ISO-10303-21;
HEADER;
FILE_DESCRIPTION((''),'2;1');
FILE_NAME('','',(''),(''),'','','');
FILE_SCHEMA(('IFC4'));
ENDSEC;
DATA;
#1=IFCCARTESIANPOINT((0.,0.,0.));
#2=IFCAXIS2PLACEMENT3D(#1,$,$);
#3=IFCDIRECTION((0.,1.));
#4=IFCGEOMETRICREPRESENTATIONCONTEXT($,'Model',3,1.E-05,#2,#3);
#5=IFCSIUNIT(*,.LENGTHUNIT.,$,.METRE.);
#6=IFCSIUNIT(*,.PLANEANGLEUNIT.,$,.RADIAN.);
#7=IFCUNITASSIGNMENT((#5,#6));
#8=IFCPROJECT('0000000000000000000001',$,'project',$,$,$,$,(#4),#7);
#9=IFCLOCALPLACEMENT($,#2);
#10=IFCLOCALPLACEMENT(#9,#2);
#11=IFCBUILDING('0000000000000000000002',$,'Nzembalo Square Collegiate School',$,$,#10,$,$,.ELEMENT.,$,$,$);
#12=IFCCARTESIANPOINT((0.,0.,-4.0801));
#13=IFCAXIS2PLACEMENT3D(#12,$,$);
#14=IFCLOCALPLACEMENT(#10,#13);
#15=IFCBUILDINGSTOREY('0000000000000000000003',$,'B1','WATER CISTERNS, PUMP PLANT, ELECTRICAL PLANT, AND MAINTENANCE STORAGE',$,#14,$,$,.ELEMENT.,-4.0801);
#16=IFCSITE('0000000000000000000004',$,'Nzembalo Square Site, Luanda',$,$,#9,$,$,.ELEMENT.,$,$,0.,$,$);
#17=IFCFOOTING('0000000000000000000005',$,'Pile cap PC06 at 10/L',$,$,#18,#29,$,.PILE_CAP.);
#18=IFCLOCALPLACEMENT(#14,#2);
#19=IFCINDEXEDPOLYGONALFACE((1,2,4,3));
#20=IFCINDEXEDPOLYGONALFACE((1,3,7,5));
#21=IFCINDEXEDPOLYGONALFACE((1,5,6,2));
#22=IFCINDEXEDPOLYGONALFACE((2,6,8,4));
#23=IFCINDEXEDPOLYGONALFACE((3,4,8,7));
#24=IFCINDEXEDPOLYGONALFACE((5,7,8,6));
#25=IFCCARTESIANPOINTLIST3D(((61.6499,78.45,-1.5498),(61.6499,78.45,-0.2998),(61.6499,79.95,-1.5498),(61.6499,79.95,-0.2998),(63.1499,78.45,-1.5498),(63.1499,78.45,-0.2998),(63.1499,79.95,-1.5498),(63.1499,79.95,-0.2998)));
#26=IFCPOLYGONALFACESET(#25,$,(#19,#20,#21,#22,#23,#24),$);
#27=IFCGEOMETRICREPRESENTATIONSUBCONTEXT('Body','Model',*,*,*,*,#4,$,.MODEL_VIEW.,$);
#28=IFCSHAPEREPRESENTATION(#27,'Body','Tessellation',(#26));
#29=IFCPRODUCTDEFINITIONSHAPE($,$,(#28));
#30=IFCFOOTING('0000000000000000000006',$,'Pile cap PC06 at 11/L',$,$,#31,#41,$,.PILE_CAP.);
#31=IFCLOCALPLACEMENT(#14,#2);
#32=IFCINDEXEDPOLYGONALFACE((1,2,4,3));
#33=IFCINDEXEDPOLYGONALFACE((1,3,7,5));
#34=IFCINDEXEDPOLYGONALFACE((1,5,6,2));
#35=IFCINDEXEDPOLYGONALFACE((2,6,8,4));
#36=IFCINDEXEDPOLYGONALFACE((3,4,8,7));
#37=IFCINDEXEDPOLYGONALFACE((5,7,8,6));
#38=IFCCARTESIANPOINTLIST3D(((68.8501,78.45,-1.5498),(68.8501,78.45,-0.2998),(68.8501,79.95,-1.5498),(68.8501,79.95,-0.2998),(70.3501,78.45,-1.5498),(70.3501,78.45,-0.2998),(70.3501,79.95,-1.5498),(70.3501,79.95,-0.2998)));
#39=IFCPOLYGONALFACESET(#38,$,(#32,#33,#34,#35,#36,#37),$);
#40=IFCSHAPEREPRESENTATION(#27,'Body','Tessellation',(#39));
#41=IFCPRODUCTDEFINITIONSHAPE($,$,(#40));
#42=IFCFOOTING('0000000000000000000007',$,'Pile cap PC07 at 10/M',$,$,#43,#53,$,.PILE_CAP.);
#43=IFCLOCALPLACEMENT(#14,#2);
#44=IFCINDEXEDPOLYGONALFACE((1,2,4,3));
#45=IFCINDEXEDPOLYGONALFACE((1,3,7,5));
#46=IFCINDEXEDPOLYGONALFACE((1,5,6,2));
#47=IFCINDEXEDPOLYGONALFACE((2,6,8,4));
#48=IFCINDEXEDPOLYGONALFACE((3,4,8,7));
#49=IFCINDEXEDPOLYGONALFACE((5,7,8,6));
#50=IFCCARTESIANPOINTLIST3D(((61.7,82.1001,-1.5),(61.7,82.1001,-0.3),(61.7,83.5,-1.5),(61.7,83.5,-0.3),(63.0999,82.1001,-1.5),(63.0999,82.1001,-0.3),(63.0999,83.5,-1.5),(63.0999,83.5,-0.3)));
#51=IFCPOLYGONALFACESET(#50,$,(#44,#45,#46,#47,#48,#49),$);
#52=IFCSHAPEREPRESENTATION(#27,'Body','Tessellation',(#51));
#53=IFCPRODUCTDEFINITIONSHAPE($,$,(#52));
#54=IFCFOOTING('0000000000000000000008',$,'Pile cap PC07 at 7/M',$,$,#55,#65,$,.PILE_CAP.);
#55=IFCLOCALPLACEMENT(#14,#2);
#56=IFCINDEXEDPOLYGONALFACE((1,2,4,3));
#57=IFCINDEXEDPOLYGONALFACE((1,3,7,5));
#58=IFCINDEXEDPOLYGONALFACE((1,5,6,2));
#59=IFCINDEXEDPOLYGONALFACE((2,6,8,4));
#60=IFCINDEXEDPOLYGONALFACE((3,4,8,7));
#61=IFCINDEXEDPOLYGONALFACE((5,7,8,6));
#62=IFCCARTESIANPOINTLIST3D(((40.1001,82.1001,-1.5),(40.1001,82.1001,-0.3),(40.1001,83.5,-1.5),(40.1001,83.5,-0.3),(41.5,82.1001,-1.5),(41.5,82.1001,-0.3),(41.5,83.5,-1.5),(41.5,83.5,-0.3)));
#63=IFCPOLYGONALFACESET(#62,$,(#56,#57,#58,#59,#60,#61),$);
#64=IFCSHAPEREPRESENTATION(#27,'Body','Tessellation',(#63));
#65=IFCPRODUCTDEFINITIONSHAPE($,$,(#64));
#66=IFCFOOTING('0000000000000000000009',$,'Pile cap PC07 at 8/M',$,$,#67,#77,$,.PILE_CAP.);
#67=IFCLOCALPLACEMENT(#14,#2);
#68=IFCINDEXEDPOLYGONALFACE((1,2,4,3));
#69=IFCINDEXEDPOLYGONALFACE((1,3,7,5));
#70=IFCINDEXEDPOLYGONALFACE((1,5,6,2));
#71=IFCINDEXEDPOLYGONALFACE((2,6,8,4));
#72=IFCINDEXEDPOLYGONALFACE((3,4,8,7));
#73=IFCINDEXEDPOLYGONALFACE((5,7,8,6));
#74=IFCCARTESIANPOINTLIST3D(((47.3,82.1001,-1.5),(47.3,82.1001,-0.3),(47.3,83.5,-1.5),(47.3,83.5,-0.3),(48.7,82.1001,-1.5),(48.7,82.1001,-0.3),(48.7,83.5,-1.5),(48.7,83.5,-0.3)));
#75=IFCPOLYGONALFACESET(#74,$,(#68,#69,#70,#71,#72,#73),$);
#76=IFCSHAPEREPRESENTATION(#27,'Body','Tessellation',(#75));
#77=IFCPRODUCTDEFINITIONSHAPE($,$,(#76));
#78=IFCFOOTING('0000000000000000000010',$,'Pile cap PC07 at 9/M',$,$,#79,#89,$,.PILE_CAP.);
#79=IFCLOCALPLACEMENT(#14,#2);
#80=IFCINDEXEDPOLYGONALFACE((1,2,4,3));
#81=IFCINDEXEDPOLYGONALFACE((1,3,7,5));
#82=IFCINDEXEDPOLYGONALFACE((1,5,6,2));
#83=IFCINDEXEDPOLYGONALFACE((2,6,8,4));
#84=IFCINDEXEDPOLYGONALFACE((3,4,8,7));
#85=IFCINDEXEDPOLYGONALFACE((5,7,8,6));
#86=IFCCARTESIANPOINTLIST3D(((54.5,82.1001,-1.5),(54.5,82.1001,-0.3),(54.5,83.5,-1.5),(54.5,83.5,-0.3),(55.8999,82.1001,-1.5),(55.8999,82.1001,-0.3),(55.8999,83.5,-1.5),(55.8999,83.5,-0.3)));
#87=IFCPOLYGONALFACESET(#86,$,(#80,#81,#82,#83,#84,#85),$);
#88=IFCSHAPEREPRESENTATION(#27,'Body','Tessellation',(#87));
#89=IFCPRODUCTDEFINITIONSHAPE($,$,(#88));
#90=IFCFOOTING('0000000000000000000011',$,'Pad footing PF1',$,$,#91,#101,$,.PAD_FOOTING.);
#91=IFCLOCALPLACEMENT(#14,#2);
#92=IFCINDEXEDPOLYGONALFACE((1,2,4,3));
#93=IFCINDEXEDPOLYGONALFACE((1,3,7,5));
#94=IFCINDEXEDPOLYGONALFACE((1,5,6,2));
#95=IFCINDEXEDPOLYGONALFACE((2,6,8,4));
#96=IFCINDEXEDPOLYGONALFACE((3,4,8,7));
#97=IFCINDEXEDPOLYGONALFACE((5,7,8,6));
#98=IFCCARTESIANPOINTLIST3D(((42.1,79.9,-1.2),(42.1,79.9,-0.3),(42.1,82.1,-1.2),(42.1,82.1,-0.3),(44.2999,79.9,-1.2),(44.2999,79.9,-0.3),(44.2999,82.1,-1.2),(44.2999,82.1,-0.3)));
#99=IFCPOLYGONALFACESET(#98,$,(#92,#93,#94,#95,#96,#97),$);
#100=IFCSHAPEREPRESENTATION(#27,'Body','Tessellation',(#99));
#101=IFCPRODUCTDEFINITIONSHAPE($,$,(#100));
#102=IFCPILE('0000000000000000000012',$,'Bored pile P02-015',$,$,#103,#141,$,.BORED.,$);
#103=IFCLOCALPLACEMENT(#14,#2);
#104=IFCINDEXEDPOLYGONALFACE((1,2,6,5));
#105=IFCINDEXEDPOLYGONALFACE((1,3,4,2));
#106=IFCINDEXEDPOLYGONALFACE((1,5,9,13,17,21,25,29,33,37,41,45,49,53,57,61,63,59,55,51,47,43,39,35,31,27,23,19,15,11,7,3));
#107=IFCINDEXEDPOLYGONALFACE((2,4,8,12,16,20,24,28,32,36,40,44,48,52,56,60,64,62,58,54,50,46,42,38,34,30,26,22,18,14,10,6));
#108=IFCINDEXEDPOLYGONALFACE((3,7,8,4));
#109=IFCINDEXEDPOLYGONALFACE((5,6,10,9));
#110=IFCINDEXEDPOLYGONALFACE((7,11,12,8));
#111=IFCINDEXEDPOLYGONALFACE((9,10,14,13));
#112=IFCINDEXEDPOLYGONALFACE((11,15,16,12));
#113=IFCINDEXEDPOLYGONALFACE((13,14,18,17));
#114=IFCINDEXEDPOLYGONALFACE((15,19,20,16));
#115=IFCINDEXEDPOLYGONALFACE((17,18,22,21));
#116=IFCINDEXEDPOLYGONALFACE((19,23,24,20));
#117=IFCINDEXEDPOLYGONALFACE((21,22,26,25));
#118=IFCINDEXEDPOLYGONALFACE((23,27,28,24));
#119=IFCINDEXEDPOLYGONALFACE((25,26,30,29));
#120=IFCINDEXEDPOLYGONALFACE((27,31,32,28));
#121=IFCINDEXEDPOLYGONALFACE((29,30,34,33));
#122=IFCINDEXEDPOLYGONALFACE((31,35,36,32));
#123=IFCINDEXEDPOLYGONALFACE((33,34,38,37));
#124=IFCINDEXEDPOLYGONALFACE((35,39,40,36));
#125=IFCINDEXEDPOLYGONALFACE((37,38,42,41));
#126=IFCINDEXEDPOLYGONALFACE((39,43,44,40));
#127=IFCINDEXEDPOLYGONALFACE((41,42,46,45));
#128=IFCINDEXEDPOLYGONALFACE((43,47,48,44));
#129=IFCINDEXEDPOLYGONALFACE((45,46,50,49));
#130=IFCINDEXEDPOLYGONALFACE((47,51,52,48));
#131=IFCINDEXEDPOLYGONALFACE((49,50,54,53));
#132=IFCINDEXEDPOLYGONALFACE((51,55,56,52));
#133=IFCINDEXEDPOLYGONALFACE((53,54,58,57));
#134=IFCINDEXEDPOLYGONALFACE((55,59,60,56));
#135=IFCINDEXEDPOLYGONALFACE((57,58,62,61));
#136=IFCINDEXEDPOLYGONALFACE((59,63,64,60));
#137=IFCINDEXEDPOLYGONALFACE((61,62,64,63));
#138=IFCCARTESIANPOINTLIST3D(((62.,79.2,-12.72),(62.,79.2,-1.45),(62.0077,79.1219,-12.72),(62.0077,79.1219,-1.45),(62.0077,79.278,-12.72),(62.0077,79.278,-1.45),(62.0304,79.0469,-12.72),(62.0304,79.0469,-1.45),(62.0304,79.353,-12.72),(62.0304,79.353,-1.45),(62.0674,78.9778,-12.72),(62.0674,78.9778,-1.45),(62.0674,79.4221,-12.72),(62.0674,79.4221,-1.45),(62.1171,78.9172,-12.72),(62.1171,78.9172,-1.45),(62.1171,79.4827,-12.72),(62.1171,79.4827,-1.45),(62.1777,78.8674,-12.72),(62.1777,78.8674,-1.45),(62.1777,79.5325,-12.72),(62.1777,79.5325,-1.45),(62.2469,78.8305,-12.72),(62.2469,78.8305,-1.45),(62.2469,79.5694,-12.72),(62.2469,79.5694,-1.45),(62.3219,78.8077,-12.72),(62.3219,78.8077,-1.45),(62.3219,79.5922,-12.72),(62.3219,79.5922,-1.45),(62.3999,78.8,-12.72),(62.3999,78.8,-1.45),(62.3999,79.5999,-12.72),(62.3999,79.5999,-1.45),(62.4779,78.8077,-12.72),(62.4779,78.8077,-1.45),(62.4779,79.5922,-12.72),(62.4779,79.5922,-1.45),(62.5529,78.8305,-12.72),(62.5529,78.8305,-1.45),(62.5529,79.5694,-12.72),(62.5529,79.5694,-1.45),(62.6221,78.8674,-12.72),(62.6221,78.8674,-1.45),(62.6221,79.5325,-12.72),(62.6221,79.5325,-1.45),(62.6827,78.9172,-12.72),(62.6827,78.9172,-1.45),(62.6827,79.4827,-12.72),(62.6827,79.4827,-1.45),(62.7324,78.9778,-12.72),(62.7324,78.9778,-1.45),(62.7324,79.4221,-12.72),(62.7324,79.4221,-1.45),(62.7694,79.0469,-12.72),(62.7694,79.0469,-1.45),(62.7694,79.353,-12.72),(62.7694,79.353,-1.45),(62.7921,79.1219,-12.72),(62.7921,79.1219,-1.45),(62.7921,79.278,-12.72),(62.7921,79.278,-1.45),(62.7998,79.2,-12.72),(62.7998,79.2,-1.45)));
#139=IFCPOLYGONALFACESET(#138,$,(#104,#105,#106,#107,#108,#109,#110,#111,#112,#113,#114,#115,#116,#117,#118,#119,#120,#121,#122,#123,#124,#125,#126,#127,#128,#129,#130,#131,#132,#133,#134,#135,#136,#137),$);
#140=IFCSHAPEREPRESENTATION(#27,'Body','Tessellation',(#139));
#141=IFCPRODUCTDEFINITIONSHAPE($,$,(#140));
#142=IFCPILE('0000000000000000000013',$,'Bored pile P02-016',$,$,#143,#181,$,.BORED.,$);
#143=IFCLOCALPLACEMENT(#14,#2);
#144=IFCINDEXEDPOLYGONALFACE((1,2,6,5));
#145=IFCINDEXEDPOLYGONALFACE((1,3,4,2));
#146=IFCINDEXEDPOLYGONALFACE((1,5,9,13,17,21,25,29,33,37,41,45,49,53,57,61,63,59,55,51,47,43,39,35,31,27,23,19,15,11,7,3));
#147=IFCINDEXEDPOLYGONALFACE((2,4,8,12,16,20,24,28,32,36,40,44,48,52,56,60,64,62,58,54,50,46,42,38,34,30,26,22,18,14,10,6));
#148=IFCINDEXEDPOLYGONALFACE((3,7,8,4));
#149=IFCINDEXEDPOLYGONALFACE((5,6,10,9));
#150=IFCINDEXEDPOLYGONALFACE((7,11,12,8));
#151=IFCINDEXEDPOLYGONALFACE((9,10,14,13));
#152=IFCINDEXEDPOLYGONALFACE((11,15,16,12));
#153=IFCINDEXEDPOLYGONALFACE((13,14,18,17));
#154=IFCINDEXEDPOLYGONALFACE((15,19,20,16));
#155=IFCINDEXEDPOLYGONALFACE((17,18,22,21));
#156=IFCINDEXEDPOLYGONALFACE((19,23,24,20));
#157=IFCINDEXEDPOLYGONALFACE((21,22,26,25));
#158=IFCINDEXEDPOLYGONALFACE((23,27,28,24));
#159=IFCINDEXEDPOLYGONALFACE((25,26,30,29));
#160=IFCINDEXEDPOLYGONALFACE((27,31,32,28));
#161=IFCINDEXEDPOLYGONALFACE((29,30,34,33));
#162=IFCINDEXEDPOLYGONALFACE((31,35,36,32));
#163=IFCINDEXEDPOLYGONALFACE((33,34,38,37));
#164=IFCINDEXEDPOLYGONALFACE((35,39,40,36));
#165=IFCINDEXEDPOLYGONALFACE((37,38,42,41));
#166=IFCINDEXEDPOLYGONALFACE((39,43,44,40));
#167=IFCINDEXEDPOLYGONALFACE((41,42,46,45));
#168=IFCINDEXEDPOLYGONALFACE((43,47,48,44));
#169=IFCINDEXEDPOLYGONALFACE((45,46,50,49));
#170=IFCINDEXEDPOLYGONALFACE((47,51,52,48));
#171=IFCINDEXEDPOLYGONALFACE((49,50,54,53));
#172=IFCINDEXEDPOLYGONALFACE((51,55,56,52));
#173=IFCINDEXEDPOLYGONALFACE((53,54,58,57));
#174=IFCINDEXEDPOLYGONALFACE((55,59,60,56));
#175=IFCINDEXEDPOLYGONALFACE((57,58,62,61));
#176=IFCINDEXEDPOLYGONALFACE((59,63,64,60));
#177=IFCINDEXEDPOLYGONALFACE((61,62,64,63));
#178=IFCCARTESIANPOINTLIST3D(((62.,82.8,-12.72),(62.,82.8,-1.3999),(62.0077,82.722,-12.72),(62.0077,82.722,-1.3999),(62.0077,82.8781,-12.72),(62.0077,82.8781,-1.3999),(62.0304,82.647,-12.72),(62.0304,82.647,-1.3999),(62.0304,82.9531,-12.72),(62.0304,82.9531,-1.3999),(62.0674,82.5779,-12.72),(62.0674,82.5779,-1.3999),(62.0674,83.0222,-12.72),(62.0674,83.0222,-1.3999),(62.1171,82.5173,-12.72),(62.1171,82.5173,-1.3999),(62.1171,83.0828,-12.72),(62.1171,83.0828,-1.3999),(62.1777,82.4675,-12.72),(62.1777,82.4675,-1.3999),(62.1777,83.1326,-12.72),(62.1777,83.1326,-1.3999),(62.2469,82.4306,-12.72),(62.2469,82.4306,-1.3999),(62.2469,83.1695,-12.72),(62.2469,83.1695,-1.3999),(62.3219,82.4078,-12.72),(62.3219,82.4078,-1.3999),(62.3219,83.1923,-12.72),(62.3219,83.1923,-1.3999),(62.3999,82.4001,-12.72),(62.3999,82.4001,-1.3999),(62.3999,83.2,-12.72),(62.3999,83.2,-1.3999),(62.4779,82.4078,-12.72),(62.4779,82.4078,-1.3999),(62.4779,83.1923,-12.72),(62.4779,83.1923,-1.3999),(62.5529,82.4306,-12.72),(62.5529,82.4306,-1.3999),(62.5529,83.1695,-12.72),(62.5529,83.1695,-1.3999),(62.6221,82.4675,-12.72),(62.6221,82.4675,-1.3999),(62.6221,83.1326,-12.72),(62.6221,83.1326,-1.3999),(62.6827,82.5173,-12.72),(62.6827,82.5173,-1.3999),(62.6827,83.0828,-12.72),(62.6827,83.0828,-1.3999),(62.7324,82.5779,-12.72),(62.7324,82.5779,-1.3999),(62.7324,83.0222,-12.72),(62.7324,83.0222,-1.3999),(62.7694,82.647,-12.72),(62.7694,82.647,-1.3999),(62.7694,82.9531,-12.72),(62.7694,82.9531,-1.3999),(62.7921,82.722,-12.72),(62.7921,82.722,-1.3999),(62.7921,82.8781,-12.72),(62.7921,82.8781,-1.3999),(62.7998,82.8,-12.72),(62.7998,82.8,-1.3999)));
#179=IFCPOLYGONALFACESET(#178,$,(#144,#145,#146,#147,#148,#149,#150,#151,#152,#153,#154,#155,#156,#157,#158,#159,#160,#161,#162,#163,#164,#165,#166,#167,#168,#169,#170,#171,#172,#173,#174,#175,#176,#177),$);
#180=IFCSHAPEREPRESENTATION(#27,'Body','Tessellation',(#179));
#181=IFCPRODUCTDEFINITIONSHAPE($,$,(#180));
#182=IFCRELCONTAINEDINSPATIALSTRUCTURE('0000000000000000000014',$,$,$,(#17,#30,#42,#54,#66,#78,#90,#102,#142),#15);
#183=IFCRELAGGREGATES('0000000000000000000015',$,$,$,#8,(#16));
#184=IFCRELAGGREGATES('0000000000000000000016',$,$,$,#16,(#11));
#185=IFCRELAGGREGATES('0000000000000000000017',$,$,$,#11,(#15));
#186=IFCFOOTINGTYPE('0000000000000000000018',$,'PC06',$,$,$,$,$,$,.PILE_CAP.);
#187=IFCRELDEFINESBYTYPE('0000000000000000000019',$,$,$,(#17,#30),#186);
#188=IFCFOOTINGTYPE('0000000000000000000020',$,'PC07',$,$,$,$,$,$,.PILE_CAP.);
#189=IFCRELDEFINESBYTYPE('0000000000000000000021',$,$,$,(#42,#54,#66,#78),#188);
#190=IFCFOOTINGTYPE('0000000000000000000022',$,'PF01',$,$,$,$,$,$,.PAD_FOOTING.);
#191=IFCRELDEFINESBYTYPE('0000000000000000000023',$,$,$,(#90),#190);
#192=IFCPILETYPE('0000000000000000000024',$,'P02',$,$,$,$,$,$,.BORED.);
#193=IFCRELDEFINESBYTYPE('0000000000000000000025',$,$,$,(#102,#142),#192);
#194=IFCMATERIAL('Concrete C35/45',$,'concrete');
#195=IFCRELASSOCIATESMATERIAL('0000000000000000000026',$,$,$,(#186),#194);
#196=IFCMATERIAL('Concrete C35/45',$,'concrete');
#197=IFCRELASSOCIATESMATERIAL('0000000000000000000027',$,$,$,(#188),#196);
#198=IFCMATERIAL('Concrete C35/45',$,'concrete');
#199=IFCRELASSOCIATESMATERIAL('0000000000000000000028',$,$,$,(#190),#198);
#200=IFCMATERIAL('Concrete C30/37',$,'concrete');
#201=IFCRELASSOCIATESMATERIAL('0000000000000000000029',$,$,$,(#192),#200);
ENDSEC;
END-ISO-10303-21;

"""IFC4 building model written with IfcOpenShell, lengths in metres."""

from ifc_helpers import new_model, si_unit, direction, frame, origin, origin_2d, place, context, subcontext, project, spatial, rectangle, circle, extrude, material, material_profile, profile_set, type_object, element, save


model = new_model("IFC4")

# Units and contexts
model_context = context("Model", 3, precision=1e-05, world=origin(), true_north=direction((0.0, 1.0)))
body_context = subcontext(model_context, "Body", "Model", "MODEL_VIEW")
ifc_project = project(units=[si_unit("LENGTHUNIT", "METRE"), si_unit("PLANEANGLEUNIT", "RADIAN")], contexts=[model_context])

# Site, building, storey
site_placement = place(None, origin())
site = spatial("IfcSite", under=ifc_project, at=site_placement, Name="Nzembalo Square Site, Luanda", CompositionType="ELEMENT", RefElevation=0.0)
building_placement = place(site_placement, origin())
building = spatial("IfcBuilding", under=site, at=building_placement, Name="Nzembalo Square Collegiate School", CompositionType="ELEMENT")
storey_placement = place(building_placement, frame((0.0, 0.0, -4.0801)))
storey = spatial("IfcBuildingStorey", under=building, at=storey_placement, Name="B1", Description="WATER CISTERNS, PUMP PLANT, ELECTRICAL PLANT, AND MAINTENANCE STORAGE", CompositionType="ELEMENT", Elevation=-4.0801)

# Footings
ifc_material_1 = material(Name="Concrete C35/45", Category="concrete")
footing_type_1 = type_object("IfcFootingType", Name="PC06", PredefinedType="PILE_CAP", material=ifc_material_1)
for number, where, z_axis, x_axis, name in (
    (1, (62.3999, 79.2, -1.5498), (0.0, 0.0, 1.0), (1.0, 0.0, 0.0), "Pile cap PC06 at 10/L"),
    (2, (69.6001, 79.2, -1.5498), (0.0, 0.0, 1.0), (1.0, 0.0, 0.0), "Pile cap PC06 at 11/L"),
):
    element("IfcFooting", number, at=place(storey_placement, frame(where, z_axis=z_axis, x_axis=x_axis)), inside=storey, type_object=footing_type_1, Name=name, PredefinedType="PILE_CAP", context=body_context, shape_type="SweptSolid", body=[
        extrude(rectangle(XDim=1.5, YDim=1.5, at=origin_2d()), origin(), (0.0, 0.0, 1.0), 1.25),
    ])
ifc_material_2 = material(Name="Concrete C35/45", Category="concrete")
footing_type_2 = type_object("IfcFootingType", Name="PC07", PredefinedType="PILE_CAP", material=ifc_material_2)
for number, where, z_axis, x_axis, name in (
    (3, (62.3999, 82.8, -1.5), (0.0, 0.0, 1.0), (1.0, 0.0, 0.0), "Pile cap PC07 at 10/M"),
    (4, (40.8, 82.8, -1.5), (0.0, 0.0, 1.0), (1.0, 0.0, 0.0), "Pile cap PC07 at 7/M"),
    (5, (48.0, 82.8, -1.5), (0.0, 0.0, 1.0), (1.0, 0.0, 0.0), "Pile cap PC07 at 8/M"),
    (6, (55.2, 82.8, -1.5), (0.0, 0.0, 1.0), (1.0, 0.0, 0.0), "Pile cap PC07 at 9/M"),
):
    element("IfcFooting", number, at=place(storey_placement, frame(where, z_axis=z_axis, x_axis=x_axis)), inside=storey, type_object=footing_type_2, Name=name, PredefinedType="PILE_CAP", context=body_context, shape_type="SweptSolid", body=[
        extrude(rectangle(XDim=1.3999, YDim=1.3999, at=origin_2d()), origin(), (0.0, 0.0, 1.0), 1.2),
    ])
ifc_material_3 = material(Name="Concrete C35/45", Category="concrete")
footing_type_3 = type_object("IfcFootingType", Name="PF01", PredefinedType="PAD_FOOTING", material=ifc_material_3)
footing_placement = place(storey_placement, frame((43.2, 81.0, -1.2), z_axis=(0.0, 0.0, 1.0), x_axis=(1.0, 0.0, 0.0)))
element("IfcFooting", 7, at=footing_placement, inside=storey, type_object=footing_type_3, Name="Pad footing PF1", PredefinedType="PAD_FOOTING", context=body_context, shape_type="SweptSolid", body=[
    extrude(rectangle(XDim=2.2, YDim=2.2, at=origin_2d()), origin(), (0.0, 0.0, 1.0), 0.8999),
])

# Piles
ifc_material_4 = material(Name="Concrete C30/37", Category="concrete")
ifc_material_profile_1 = material_profile(ifc_material_4, circle(Radius=0.3999, at=origin_2d()), Name="PILE D800")
ifc_profile_set_1 = profile_set([ifc_material_profile_1], Name="Concrete C30/37")
pile_type = type_object("IfcPileType", Name="P02", PredefinedType="BORED", material=ifc_profile_set_1)
pile_1_placement = place(storey_placement, frame((62.3999, 79.2, -1.45), z_axis=(0.0, 0.0, -1.0), x_axis=(1.0, 0.0, 0.0)))
element("IfcPile", 8, at=pile_1_placement, inside=storey, type_object=pile_type, Name="Bored pile P02-015", PredefinedType="BORED", context=body_context, shape_type="SweptSolid", body=[
    extrude(circle(Radius=0.3999, at=origin_2d()), origin(), (0.0, 0.0, 1.0), 11.27),
])
pile_2_placement = place(storey_placement, frame((62.3999, 82.8, -1.3999), z_axis=(0.0, 0.0, -1.0), x_axis=(1.0, 0.0, 0.0)))
element("IfcPile", 9, at=pile_2_placement, inside=storey, type_object=pile_type, Name="Bored pile P02-016", PredefinedType="BORED", context=body_context, shape_type="SweptSolid", body=[
    extrude(circle(Radius=0.3999, at=origin_2d()), origin(), (0.0, 0.0, 1.0), 11.3201),
])

save(model, "model.ifc")
